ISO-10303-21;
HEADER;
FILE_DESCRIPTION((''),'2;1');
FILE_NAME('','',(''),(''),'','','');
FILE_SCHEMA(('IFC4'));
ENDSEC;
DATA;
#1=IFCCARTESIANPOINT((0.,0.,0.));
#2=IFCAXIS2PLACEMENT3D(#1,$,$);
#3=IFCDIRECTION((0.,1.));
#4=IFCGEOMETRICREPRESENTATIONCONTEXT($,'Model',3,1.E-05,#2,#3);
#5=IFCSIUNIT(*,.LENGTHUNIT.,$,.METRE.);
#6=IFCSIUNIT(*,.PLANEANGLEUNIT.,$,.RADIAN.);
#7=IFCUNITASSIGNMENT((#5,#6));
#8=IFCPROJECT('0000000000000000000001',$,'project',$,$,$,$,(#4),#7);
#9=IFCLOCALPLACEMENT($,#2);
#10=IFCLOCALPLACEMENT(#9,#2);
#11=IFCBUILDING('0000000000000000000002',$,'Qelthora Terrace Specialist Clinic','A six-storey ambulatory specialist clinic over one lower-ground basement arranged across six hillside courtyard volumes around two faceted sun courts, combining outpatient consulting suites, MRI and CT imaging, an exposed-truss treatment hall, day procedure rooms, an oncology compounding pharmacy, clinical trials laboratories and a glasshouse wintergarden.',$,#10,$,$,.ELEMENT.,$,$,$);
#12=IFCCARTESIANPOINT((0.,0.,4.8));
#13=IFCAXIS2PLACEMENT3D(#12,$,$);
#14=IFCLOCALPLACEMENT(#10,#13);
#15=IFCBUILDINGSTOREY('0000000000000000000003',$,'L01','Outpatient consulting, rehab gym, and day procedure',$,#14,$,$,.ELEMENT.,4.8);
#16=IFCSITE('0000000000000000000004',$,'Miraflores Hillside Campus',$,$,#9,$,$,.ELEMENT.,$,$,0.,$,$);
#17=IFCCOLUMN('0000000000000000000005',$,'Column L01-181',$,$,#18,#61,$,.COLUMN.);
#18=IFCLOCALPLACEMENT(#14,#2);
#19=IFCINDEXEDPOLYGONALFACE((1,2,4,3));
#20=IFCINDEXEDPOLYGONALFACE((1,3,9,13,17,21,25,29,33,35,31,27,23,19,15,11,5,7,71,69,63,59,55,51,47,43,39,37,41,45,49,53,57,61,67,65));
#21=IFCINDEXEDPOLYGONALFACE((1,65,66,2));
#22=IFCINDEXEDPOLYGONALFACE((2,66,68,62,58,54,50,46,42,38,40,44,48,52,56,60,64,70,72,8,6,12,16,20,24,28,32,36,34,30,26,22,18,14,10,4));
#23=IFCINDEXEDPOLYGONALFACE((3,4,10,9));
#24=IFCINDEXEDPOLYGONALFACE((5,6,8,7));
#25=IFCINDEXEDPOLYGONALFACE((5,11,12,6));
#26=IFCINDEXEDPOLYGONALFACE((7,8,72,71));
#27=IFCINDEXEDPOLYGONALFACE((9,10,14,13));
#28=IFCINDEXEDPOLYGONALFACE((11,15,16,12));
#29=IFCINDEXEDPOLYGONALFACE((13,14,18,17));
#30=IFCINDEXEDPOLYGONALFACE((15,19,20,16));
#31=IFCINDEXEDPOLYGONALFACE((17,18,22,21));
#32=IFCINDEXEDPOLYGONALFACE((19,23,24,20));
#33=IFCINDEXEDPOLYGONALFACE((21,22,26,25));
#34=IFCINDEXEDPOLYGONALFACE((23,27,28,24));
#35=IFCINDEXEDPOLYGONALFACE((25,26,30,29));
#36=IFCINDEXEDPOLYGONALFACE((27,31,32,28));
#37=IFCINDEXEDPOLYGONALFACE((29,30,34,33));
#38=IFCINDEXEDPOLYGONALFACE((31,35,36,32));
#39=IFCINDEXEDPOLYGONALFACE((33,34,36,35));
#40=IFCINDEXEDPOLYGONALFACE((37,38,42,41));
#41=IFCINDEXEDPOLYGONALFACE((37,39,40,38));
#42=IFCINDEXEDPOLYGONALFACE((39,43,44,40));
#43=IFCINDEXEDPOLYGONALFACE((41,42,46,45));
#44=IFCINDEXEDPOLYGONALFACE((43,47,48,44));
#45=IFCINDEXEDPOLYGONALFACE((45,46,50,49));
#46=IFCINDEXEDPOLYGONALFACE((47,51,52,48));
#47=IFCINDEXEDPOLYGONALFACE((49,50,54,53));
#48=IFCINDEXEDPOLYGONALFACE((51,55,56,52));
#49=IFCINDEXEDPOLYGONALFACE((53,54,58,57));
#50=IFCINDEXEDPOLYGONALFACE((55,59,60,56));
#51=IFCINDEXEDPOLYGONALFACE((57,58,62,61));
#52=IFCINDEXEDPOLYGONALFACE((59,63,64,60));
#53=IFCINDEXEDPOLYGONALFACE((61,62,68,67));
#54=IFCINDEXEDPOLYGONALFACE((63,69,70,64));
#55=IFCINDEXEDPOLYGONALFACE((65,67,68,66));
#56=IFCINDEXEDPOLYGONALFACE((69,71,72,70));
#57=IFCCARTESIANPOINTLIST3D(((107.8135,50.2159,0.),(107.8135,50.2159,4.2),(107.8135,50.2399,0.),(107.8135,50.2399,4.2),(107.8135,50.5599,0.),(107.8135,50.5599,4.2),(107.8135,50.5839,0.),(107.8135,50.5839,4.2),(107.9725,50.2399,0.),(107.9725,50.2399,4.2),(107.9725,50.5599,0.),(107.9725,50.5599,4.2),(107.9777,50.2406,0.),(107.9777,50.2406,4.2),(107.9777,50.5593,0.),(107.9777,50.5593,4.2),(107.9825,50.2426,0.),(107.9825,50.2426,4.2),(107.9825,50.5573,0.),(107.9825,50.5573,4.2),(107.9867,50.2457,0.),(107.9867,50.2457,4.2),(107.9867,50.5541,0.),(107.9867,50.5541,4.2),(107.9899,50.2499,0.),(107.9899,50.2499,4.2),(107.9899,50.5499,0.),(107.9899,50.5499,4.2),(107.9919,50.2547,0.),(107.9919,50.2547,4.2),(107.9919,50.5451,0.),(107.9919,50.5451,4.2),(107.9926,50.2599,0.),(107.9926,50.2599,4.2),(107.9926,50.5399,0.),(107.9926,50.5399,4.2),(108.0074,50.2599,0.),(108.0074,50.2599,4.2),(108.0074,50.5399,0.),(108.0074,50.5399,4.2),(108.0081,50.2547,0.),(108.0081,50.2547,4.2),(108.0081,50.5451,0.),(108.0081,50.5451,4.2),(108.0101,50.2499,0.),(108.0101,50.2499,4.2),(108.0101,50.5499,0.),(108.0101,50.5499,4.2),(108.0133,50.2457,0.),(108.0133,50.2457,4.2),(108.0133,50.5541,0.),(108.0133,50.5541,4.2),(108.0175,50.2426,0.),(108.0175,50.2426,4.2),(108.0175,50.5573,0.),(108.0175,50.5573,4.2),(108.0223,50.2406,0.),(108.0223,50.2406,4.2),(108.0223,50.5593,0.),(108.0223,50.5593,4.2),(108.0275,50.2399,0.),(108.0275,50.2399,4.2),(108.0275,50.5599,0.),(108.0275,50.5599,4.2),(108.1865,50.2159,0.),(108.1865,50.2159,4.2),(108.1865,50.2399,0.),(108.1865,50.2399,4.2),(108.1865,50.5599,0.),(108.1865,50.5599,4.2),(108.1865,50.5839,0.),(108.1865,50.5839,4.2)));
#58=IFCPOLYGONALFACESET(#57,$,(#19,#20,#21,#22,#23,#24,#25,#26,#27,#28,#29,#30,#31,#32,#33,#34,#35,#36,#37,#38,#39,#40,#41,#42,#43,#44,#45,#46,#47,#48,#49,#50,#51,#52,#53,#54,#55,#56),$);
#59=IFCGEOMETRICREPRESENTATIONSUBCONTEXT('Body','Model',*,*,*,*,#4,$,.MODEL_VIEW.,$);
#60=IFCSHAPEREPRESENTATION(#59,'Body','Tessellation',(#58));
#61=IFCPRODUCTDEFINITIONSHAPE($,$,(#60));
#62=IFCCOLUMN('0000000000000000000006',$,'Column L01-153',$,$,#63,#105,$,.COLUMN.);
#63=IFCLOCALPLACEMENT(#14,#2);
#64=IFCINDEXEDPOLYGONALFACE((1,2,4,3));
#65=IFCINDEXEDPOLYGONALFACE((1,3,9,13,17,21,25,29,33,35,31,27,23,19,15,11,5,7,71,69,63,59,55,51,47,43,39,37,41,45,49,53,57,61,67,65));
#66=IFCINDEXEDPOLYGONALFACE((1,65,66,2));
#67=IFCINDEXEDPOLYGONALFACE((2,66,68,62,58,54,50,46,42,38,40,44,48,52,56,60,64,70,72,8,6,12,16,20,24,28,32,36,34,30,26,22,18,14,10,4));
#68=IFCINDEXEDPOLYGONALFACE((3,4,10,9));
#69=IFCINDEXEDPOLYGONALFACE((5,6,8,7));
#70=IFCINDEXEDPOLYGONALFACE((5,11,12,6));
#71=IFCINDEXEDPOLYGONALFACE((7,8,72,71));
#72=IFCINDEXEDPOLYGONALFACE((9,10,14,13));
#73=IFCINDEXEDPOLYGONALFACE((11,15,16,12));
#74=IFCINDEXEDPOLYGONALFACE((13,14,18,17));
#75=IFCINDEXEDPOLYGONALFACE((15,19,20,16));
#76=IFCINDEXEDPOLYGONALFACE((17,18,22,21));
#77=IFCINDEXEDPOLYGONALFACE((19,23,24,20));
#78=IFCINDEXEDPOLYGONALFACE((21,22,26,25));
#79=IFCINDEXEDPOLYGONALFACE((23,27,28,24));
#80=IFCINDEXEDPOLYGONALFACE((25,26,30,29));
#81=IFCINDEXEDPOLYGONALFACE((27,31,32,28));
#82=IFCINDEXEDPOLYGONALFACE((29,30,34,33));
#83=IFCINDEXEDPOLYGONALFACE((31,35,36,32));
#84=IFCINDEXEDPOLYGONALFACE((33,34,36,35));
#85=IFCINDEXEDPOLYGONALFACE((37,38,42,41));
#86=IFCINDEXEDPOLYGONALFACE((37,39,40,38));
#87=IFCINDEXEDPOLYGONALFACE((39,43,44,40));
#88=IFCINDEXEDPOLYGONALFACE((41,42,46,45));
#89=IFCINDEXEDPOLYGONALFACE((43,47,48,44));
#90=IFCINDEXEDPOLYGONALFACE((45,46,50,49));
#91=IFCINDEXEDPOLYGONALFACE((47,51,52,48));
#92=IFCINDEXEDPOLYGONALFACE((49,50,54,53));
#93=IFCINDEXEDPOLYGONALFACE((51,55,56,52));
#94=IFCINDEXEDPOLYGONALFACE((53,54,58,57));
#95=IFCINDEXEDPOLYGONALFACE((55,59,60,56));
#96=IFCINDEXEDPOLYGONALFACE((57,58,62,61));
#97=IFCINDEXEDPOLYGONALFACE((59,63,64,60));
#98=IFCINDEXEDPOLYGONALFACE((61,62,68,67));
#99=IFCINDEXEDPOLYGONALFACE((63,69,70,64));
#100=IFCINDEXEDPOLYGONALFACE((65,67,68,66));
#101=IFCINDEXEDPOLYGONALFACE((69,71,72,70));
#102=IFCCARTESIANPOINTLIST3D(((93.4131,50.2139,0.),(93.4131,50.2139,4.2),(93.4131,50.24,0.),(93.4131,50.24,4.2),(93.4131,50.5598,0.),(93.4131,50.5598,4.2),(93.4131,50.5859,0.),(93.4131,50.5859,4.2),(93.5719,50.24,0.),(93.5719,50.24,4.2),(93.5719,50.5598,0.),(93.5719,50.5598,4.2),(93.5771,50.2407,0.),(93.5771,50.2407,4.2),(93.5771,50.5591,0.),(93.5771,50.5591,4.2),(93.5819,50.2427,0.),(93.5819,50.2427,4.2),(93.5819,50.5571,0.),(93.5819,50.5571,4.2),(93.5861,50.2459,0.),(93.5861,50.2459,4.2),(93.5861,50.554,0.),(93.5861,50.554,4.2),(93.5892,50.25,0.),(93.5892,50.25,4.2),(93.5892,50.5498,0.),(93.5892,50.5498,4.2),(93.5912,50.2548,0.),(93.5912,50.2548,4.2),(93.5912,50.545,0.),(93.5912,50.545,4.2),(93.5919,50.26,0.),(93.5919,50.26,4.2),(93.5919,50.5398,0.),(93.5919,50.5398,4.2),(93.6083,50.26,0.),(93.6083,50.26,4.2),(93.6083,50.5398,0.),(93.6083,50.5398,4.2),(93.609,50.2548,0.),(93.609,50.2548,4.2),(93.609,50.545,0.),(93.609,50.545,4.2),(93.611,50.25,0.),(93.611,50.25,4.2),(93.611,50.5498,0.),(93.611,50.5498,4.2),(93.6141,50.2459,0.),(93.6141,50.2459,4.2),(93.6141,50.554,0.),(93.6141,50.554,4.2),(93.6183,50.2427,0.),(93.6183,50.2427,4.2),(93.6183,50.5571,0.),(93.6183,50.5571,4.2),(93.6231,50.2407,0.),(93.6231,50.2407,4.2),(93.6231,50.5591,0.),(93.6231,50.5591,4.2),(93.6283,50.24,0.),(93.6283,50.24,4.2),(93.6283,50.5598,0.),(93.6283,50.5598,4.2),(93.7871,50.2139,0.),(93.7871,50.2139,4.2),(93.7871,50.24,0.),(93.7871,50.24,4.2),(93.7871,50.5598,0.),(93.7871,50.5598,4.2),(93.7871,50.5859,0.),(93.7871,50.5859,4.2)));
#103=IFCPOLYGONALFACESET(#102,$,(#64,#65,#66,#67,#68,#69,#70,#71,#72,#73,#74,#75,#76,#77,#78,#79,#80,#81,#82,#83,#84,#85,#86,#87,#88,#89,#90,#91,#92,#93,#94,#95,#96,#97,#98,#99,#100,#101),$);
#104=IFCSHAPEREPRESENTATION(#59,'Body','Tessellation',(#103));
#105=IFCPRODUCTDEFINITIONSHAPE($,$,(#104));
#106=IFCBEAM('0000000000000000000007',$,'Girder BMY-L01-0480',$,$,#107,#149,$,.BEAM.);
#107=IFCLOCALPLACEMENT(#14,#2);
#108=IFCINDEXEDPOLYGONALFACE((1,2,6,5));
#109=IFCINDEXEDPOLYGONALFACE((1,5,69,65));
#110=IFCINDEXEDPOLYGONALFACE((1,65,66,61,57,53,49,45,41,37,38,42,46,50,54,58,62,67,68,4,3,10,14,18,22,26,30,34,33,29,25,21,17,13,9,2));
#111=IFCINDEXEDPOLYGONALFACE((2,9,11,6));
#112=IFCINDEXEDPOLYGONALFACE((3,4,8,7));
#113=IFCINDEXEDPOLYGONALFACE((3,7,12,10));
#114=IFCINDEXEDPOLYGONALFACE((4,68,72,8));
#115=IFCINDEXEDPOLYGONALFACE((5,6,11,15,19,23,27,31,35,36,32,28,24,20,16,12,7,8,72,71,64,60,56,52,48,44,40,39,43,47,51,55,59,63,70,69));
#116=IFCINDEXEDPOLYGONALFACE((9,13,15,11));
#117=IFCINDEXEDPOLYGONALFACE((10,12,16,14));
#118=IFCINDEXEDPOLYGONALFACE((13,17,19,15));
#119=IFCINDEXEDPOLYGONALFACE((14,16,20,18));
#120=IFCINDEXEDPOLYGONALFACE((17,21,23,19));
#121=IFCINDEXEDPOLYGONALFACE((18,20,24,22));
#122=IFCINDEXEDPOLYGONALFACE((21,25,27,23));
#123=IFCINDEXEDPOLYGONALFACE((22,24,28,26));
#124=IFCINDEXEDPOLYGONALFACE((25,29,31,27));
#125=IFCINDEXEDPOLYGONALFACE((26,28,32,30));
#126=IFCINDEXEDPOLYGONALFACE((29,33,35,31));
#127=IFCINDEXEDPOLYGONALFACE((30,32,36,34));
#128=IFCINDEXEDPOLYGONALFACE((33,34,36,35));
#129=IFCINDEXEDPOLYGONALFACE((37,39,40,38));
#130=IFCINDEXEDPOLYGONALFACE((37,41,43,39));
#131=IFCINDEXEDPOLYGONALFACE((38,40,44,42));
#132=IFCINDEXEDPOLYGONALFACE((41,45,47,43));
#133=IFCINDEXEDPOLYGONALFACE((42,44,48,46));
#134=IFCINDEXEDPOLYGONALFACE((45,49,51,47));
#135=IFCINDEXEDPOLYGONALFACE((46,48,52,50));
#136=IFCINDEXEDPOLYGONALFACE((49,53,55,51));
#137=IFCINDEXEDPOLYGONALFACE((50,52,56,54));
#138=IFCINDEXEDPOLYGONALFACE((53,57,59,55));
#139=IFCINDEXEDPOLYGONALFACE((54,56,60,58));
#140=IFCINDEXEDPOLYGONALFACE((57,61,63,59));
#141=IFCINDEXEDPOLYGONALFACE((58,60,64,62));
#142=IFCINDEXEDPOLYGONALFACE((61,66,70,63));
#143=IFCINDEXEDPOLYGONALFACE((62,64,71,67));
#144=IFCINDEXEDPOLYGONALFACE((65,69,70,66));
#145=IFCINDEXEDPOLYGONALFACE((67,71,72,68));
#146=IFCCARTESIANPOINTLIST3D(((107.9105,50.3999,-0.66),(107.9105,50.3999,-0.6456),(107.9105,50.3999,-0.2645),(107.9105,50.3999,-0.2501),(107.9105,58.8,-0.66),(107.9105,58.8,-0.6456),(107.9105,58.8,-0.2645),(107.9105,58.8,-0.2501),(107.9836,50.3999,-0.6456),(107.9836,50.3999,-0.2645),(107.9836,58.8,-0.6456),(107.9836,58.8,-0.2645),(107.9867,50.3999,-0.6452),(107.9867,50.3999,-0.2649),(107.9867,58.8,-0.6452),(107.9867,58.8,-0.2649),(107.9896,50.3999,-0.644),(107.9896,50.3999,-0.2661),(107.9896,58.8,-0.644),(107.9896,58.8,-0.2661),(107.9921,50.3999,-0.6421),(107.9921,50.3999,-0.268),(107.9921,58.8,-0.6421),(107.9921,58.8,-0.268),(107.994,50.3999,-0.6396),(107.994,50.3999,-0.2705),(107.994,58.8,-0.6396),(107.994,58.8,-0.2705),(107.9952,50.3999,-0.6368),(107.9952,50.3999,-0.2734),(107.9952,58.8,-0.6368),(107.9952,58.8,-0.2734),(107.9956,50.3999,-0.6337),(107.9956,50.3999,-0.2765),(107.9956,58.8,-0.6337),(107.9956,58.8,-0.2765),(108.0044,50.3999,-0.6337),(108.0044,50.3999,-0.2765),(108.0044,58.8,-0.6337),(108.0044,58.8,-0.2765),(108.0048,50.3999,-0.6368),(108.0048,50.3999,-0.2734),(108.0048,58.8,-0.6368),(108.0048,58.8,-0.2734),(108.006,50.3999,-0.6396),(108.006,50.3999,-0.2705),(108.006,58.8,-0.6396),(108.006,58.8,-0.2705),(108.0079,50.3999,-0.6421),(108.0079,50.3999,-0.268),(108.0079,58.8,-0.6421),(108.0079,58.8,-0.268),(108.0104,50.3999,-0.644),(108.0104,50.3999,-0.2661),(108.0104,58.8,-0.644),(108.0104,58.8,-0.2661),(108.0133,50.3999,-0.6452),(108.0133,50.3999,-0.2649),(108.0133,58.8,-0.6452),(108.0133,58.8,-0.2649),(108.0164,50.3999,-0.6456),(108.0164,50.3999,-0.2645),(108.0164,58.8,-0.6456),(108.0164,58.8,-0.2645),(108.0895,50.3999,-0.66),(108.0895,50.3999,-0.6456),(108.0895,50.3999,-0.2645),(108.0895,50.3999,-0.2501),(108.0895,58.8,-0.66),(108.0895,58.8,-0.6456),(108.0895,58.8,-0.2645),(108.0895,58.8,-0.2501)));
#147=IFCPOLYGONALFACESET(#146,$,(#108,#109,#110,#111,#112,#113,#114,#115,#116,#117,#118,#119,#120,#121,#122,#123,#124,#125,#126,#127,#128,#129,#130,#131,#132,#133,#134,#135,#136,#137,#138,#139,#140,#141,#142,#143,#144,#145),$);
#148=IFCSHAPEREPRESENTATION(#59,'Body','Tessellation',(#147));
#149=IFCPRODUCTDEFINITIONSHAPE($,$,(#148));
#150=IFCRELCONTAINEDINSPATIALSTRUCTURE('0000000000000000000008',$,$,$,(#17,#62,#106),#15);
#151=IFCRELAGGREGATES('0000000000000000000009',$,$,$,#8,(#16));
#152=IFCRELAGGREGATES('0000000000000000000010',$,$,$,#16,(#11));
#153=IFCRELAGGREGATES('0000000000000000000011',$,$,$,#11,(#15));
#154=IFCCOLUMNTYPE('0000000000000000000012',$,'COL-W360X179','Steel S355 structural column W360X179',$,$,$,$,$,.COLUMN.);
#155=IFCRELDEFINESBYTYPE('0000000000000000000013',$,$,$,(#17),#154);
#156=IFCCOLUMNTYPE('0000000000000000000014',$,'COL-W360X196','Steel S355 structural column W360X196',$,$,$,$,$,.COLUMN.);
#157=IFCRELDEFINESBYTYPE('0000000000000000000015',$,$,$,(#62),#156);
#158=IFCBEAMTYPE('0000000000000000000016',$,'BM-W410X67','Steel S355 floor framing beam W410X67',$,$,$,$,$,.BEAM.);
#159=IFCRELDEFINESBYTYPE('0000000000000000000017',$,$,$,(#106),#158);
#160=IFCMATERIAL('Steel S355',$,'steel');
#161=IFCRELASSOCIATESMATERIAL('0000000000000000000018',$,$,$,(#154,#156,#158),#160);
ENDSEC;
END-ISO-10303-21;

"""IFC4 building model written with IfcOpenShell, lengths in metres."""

from ifc_helpers import new_model, si_unit, direction, frame, origin, origin_2d, place, context, subcontext, project, spatial, i_section, extrude, material, material_profile, profile_set, type_object, element, save


model = new_model("IFC4")

# Units and contexts
model_context = context("Model", 3, precision=1e-05, world=origin(), true_north=direction((0.0, 1.0)))
body_context = subcontext(model_context, "Body", "Model", "MODEL_VIEW")
ifc_project = project(units=[si_unit("LENGTHUNIT", "METRE"), si_unit("PLANEANGLEUNIT", "RADIAN")], contexts=[model_context])

# Site, building, storey
site_placement = place(None, origin())
site = spatial("IfcSite", under=ifc_project, at=site_placement, Name="Miraflores Hillside Campus", CompositionType="ELEMENT", RefElevation=0.0)
building_placement = place(site_placement, origin())
building = spatial("IfcBuilding", under=site, at=building_placement, Name="Qelthora Terrace Specialist Clinic", Description="A six-storey ambulatory specialist clinic over one lower-ground basement arranged across six hillside courtyard volumes around two faceted sun courts, combining outpatient consulting suites, MRI and CT imaging, an exposed-truss treatment hall, day procedure rooms, an oncology compounding pharmacy, clinical trials laboratories and a glasshouse wintergarden.", CompositionType="ELEMENT")
storey_placement = place(building_placement, frame((0.0, 0.0, 4.8)))
storey = spatial("IfcBuildingStorey", under=building, at=storey_placement, Name="L01", Description="Outpatient consulting, rehab gym, and day procedure", CompositionType="ELEMENT", Elevation=4.8)

# Columns
ifc_material_1 = material(Name="Steel S355", Category="steel")
ifc_material_profile_1 = material_profile(ifc_material_1, i_section(OverallWidth=0.373, OverallDepth=0.3679, WebThickness=0.0149, FlangeThickness=0.0239, FilletRadius=0.02, at=origin_2d()), Name="W360X179")
ifc_profile_set_1 = profile_set([ifc_material_profile_1], Name="Steel S355")
column_type_1 = type_object("IfcColumnType", Name="COL-W360X179", Description="Steel S355 structural column W360X179", PredefinedType="COLUMN", material=ifc_profile_set_1)
column_1_placement = place(storey_placement, frame((108.0, 50.3999, 0.0), z_axis=(0.0, 0.0, 1.0), x_axis=(1.0, 0.0, 0.0)))
element("IfcColumn", 1, at=column_1_placement, inside=storey, type_object=column_type_1, Name="Column L01-181", PredefinedType="COLUMN", context=body_context, shape_type="SweptSolid", body=[
    extrude(i_section(OverallWidth=0.373, OverallDepth=0.3679, WebThickness=0.0149, FlangeThickness=0.0239, FilletRadius=0.02, at=origin_2d()), origin(), (0.0, 0.0, 1.0), 4.2),
])
ifc_material_profile_2 = material_profile(ifc_material_1, i_section(OverallWidth=0.374, OverallDepth=0.3721, WebThickness=0.0164, FlangeThickness=0.0261, FilletRadius=0.02, at=origin_2d()), Name="W360X196")
ifc_profile_set_2 = profile_set([ifc_material_profile_2], Name="Steel S355")
column_type_2 = type_object("IfcColumnType", Name="COL-W360X196", Description="Steel S355 structural column W360X196", PredefinedType="COLUMN", material=ifc_profile_set_2)
column_2_placement = place(storey_placement, frame((93.6001, 50.3999, 0.0), z_axis=(0.0, 0.0, 1.0), x_axis=(1.0, 0.0, 0.0)))
element("IfcColumn", 2, at=column_2_placement, inside=storey, type_object=column_type_2, Name="Column L01-153", PredefinedType="COLUMN", context=body_context, shape_type="SweptSolid", body=[
    extrude(i_section(OverallWidth=0.374, OverallDepth=0.3721, WebThickness=0.0164, FlangeThickness=0.0261, FilletRadius=0.02, at=origin_2d()), origin(), (0.0, 0.0, 1.0), 4.2),
])

# Beam
ifc_material_profile_3 = material_profile(ifc_material_1, i_section(OverallWidth=0.179, OverallDepth=0.4099, WebThickness=0.0088, FlangeThickness=0.0144, FilletRadius=0.012, at=origin_2d()), Name="W410X67")
ifc_profile_set_3 = profile_set([ifc_material_profile_3], Name="Steel S355")
beam_type_1 = type_object("IfcBeamType", Name="BM-W410X67", Description="Steel S355 floor framing beam W410X67", PredefinedType="BEAM", material=ifc_profile_set_3)
beam_1_placement = place(storey_placement, frame((108.0, 50.3999, -0.4551), z_axis=(0.0, 1.0, 0.0), x_axis=(-1.0, 0.0, 0.0)))
element("IfcBeam", 3, at=beam_1_placement, inside=storey, type_object=beam_type_1, Name="Girder BMY-L01-0480", PredefinedType="BEAM", context=body_context, shape_type="SweptSolid", body=[
    extrude(i_section(OverallWidth=0.179, OverallDepth=0.4099, WebThickness=0.0088, FlangeThickness=0.0144, FilletRadius=0.012, at=origin_2d()), origin(), (0.0, 0.0, 1.0), 8.4001),
])

save(model, "model.ifc")
